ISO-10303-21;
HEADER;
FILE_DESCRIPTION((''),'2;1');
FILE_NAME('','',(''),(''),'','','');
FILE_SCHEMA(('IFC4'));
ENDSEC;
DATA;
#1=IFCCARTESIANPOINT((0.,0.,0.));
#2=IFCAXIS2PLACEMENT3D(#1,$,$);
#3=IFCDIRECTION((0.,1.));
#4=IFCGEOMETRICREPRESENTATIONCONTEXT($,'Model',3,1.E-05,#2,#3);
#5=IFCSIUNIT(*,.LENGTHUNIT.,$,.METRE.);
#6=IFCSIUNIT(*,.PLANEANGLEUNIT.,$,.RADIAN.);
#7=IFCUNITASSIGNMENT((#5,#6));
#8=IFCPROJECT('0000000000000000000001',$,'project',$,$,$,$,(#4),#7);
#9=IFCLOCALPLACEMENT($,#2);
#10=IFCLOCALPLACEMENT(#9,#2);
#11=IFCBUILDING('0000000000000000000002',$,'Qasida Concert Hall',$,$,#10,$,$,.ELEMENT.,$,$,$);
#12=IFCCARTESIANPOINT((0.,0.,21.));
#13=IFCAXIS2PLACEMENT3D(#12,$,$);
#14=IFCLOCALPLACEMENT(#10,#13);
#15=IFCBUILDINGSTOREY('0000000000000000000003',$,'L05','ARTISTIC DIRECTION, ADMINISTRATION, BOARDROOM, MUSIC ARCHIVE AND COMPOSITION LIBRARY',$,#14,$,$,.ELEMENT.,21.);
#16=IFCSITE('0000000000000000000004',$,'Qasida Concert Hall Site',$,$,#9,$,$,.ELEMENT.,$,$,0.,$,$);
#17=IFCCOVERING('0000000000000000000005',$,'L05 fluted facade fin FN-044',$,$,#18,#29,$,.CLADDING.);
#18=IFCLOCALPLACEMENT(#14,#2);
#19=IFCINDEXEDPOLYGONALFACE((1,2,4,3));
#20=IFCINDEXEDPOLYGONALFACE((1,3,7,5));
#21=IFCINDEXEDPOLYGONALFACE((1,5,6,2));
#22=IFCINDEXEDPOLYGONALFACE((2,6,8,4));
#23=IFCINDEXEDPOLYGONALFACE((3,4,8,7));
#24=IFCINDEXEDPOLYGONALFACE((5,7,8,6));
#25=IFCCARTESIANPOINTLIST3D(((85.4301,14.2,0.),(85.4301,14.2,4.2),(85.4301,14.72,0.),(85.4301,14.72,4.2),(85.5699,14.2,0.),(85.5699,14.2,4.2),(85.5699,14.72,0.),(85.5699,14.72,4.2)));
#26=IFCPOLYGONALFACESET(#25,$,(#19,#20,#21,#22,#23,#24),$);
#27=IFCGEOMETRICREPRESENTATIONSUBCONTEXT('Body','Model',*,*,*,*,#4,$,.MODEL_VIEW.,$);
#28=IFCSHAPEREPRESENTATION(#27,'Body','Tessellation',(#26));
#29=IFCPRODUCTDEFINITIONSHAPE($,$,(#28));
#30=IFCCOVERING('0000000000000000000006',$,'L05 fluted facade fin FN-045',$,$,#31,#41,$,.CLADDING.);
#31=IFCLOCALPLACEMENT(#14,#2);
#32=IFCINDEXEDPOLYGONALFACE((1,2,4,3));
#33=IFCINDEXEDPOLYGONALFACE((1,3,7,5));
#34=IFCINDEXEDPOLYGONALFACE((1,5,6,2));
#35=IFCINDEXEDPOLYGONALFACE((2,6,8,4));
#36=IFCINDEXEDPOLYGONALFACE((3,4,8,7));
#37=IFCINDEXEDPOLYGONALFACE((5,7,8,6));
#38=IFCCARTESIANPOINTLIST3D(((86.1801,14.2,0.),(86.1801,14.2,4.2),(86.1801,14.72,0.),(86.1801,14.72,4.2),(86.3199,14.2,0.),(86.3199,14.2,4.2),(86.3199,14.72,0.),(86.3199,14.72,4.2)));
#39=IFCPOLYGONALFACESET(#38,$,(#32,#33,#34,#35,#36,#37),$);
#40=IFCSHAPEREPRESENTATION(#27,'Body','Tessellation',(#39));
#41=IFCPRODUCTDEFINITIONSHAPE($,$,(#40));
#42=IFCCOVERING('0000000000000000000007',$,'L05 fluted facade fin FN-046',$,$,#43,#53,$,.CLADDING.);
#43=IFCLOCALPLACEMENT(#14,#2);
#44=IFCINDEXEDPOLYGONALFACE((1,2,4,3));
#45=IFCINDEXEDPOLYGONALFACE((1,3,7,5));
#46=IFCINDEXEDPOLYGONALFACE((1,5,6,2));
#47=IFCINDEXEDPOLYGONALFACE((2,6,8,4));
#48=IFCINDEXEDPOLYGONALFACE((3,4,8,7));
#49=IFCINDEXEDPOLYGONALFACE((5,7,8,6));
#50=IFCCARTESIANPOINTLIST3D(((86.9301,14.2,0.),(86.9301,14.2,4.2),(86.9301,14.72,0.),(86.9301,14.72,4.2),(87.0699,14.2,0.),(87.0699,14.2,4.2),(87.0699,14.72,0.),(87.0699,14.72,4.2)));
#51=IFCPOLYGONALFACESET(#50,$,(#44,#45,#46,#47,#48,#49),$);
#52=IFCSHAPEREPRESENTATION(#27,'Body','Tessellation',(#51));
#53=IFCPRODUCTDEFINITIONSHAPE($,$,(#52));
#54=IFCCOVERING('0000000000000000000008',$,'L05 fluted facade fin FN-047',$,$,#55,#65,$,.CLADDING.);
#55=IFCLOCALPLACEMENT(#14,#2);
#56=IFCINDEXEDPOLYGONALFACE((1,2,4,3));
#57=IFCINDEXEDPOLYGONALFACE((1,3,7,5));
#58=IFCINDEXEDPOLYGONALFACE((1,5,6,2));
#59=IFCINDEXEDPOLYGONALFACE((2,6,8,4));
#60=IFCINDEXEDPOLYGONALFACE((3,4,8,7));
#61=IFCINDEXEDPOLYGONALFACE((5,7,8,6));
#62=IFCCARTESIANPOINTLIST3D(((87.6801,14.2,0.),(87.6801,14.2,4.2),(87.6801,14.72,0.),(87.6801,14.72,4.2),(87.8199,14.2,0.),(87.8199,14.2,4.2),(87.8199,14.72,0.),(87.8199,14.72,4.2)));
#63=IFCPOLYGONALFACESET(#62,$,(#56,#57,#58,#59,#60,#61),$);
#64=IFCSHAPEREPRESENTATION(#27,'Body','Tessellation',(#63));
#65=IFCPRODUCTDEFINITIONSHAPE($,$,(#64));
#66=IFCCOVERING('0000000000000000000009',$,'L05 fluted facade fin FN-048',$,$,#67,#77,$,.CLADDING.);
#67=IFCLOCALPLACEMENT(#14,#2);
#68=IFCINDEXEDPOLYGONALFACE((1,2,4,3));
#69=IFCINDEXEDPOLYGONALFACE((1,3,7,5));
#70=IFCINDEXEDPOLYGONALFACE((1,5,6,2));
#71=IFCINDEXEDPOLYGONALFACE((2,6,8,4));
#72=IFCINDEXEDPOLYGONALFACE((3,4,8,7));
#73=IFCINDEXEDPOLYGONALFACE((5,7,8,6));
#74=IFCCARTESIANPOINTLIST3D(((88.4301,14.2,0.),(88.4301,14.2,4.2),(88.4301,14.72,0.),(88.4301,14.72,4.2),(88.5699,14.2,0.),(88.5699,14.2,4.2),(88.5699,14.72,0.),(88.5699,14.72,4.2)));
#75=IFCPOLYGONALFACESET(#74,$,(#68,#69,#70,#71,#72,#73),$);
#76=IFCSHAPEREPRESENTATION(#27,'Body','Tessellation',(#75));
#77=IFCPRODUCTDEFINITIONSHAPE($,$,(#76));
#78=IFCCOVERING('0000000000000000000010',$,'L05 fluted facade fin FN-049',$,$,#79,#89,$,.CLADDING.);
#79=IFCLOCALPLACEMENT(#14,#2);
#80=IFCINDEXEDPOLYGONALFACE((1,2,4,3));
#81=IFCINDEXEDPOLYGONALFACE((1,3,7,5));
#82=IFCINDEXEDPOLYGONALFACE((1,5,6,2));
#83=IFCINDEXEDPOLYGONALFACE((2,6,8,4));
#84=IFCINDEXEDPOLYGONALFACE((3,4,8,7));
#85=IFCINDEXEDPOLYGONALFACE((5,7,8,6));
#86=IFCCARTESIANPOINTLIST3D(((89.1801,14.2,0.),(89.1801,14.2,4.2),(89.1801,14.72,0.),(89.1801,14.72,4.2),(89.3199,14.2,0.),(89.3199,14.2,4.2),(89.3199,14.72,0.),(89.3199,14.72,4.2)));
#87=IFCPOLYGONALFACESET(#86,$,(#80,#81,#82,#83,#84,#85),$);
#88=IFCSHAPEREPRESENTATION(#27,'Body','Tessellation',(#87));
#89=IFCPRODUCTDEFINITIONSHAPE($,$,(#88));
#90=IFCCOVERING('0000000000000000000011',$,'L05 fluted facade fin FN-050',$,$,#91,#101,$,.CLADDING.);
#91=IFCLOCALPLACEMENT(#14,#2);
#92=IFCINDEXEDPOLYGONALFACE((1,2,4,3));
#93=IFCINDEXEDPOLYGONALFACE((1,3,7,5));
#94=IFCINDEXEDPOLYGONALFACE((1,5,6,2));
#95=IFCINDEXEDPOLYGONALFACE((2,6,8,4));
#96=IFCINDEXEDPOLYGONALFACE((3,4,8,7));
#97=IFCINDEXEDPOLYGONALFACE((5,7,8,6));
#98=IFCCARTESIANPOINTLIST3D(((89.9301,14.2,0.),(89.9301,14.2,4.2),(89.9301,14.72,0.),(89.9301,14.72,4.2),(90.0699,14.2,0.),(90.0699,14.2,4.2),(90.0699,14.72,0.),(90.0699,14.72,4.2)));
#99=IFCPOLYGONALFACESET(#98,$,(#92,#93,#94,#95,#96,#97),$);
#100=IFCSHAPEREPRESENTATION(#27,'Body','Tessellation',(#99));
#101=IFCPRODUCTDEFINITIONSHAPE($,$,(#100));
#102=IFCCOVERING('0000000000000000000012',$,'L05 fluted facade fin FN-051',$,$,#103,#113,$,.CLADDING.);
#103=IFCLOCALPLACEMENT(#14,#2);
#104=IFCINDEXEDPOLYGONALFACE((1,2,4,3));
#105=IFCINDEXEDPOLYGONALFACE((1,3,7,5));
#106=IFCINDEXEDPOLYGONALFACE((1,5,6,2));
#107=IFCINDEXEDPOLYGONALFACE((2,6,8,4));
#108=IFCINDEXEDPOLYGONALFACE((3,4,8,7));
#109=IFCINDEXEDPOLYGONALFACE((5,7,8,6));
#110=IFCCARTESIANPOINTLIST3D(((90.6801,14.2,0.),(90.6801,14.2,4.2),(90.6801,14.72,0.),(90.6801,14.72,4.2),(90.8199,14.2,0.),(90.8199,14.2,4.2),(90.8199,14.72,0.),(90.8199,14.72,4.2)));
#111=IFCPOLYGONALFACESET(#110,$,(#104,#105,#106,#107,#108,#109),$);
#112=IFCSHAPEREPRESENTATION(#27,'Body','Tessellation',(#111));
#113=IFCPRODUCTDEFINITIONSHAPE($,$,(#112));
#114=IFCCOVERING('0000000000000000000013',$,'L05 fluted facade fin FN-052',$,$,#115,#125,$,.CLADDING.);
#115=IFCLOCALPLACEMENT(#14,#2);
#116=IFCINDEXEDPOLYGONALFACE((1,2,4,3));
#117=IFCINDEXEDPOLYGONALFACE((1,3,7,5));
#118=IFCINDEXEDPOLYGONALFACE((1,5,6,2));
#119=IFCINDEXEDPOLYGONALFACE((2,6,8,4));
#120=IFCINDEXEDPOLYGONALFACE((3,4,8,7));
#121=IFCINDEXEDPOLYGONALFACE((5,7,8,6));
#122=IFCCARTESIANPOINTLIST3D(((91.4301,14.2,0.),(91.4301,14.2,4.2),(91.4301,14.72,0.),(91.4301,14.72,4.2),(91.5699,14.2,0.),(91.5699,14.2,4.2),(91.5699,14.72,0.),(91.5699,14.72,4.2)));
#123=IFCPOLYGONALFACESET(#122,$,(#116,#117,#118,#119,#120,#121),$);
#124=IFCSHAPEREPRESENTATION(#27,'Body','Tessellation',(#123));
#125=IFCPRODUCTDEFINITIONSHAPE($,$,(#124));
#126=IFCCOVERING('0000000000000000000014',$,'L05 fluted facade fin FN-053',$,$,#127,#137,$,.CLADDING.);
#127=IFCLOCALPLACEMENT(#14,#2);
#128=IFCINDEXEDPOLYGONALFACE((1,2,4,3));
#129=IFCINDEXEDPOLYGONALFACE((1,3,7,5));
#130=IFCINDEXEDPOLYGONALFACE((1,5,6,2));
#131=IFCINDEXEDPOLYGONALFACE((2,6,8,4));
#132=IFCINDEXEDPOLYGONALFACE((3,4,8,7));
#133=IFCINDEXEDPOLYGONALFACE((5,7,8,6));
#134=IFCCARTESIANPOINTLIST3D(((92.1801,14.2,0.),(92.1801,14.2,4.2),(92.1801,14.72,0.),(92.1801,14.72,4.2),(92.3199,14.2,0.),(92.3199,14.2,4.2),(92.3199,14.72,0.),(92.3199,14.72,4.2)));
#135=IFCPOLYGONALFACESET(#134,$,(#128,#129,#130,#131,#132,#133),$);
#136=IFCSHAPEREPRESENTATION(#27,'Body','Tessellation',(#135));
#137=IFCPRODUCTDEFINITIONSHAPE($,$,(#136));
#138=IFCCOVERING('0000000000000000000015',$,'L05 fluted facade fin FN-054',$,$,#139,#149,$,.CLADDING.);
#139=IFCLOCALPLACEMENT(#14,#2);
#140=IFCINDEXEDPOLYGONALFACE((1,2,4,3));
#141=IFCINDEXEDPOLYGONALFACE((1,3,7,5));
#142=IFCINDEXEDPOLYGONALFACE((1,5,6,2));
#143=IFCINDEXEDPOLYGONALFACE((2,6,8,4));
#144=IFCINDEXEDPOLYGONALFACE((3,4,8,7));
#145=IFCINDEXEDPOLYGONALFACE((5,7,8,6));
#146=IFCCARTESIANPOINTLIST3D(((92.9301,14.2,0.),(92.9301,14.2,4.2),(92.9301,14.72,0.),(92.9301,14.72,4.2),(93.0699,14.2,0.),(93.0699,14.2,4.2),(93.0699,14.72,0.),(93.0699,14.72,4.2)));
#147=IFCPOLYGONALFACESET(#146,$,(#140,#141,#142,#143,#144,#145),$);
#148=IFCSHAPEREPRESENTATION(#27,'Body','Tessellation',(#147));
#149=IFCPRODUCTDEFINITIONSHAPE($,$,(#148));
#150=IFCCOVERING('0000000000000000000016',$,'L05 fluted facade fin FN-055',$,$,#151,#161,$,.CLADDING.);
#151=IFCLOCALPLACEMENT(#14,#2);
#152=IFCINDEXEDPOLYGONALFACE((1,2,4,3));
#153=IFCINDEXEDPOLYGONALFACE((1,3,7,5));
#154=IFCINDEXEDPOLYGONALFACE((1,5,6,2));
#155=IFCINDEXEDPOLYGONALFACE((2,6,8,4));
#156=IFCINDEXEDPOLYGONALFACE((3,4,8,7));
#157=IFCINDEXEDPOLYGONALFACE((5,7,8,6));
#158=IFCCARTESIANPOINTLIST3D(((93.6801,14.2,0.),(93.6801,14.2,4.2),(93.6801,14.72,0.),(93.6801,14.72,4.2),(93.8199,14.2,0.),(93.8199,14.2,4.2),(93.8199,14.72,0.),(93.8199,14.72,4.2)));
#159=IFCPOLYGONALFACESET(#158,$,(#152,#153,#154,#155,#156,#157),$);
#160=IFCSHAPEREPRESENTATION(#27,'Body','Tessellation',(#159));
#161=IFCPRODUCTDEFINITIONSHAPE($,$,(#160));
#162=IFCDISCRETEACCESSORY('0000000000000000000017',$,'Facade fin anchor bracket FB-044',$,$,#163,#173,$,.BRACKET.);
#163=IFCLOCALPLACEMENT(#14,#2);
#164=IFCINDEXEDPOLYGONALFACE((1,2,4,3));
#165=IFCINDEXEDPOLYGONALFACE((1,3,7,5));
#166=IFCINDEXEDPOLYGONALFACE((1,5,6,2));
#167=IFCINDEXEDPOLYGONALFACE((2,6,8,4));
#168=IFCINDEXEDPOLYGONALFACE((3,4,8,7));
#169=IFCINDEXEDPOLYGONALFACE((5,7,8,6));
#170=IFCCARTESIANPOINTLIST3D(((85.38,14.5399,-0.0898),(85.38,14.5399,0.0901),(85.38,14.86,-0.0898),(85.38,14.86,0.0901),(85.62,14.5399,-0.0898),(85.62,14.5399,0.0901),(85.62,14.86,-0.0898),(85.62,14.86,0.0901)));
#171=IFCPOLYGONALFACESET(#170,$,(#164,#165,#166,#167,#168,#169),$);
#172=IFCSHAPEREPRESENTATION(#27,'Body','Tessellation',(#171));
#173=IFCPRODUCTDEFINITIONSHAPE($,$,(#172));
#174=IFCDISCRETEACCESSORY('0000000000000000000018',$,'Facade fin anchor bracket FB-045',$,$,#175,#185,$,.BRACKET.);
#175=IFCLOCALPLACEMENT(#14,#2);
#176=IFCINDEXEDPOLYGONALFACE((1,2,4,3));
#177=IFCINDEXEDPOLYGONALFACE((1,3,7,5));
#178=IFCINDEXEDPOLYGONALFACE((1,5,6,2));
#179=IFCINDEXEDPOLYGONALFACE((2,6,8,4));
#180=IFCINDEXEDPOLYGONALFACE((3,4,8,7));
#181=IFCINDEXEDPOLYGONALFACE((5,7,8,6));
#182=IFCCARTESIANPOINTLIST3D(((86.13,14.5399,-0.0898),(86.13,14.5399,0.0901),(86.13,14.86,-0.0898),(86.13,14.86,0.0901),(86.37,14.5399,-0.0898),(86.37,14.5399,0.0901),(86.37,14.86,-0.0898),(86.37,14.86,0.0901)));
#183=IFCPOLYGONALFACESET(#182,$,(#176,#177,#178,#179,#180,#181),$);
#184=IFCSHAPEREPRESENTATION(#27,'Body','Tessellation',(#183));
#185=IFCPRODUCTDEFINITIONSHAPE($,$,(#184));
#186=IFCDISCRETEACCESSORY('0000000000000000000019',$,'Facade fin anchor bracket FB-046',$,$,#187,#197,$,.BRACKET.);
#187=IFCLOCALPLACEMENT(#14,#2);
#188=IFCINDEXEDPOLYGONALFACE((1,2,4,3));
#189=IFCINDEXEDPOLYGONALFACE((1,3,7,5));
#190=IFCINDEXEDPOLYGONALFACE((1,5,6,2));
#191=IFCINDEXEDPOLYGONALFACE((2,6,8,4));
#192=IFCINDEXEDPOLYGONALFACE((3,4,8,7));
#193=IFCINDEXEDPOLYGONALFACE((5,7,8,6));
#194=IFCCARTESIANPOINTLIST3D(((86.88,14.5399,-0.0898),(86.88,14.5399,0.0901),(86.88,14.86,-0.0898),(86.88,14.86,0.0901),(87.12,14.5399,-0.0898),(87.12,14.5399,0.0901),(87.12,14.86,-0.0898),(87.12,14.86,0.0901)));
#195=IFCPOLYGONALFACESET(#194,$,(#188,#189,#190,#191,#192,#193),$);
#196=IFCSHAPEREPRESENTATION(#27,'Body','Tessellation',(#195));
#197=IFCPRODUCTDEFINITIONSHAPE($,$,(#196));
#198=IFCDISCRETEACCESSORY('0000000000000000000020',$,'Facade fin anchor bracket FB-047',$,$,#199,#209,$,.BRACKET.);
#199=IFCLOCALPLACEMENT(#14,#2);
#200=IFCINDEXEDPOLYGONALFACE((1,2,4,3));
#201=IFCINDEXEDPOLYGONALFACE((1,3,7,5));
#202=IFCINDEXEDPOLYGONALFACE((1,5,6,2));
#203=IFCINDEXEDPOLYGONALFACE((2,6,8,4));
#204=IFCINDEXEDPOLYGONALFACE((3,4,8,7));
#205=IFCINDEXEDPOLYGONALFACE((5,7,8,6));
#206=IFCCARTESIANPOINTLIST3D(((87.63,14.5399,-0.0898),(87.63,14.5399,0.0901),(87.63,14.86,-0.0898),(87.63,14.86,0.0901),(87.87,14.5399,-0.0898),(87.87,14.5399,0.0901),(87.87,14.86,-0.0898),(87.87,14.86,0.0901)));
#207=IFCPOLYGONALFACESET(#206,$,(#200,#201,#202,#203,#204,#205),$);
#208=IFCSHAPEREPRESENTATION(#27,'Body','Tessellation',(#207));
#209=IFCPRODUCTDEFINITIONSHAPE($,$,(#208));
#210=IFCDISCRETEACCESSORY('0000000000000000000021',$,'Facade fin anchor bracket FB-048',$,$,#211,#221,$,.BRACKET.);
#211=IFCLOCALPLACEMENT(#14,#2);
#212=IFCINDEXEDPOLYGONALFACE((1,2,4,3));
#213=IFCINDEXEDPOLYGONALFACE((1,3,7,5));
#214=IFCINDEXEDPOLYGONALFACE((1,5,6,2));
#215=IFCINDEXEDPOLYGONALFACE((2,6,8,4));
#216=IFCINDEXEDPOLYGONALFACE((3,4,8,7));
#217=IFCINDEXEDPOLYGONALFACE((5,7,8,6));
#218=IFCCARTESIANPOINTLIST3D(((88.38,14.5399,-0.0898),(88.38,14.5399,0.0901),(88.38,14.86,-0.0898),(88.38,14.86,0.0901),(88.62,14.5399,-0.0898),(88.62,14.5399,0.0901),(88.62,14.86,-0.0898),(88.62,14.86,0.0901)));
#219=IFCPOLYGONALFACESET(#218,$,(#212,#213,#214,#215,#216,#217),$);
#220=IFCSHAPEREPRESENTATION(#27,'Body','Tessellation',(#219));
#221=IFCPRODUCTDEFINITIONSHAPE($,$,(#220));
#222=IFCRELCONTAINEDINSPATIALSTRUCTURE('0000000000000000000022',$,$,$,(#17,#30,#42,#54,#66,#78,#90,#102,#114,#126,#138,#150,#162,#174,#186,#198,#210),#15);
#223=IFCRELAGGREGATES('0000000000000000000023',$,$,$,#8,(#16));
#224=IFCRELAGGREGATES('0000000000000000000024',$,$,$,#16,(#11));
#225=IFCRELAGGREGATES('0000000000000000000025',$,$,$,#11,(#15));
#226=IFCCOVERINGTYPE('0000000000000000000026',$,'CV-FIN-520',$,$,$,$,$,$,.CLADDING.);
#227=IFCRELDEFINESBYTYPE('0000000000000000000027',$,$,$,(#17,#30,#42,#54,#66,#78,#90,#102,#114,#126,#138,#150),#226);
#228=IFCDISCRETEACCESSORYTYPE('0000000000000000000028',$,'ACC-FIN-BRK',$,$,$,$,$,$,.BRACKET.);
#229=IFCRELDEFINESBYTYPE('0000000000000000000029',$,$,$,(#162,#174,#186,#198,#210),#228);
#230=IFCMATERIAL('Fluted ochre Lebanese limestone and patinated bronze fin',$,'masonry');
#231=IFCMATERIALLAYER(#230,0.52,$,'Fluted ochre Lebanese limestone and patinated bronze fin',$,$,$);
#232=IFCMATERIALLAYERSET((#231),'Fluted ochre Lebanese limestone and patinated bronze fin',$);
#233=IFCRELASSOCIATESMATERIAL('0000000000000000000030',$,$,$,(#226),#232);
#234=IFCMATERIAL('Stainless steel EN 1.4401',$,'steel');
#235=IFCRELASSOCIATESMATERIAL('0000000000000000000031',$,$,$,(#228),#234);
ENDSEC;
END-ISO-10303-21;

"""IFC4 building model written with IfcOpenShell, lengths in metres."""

from ifc_helpers import new_model, si_unit, direction, frame, origin, origin_2d, place, context, subcontext, project, spatial, rectangle, extrude, material, layer, layer_set, type_object, element, save


model = new_model("IFC4")

# Units and contexts
model_context = context("Model", 3, precision=1e-05, world=origin(), true_north=direction((0.0, 1.0)))
body_context = subcontext(model_context, "Body", "Model", "MODEL_VIEW")
ifc_project = project(units=[si_unit("LENGTHUNIT", "METRE"), si_unit("PLANEANGLEUNIT", "RADIAN")], contexts=[model_context])

# Site, building, storey
site_placement = place(None, origin())
site = spatial("IfcSite", under=ifc_project, at=site_placement, Name="Qasida Concert Hall Site", CompositionType="ELEMENT", RefElevation=0.0)
building_placement = place(site_placement, origin())
building = spatial("IfcBuilding", under=site, at=building_placement, Name="Qasida Concert Hall", CompositionType="ELEMENT")
storey_placement = place(building_placement, frame((0.0, 0.0, 21.0)))
storey = spatial("IfcBuildingStorey", under=building, at=storey_placement, Name="L05", Description="ARTISTIC DIRECTION, ADMINISTRATION, BOARDROOM, MUSIC ARCHIVE AND COMPOSITION LIBRARY", CompositionType="ELEMENT", Elevation=21.0)

# Coverings
ifc_material_1 = material(Name="Fluted ochre Lebanese limestone and patinated bronze fin", Category="masonry")
ifc_layer_1 = layer(ifc_material_1, 0.52, Name="Fluted ochre Lebanese limestone and patinated bronze fin")
ifc_layer_set_1 = layer_set([ifc_layer_1], Name="Fluted ochre Lebanese limestone and patinated bronze fin")
covering_type = type_object("IfcCoveringType", Name="CV-FIN-520", PredefinedType="CLADDING", material=ifc_layer_set_1)
for number, where, z_axis, x_axis, name in (
    (1, (85.5, 14.46, 0.0), (0.0, 0.0, 1.0), (1.0, 0.0, 0.0), "L05 fluted facade fin FN-044"),
    (2, (86.25, 14.46, 0.0), (0.0, 0.0, 1.0), (1.0, 0.0, 0.0), "L05 fluted facade fin FN-045"),
    (3, (87.0, 14.46, 0.0), (0.0, 0.0, 1.0), (1.0, 0.0, 0.0), "L05 fluted facade fin FN-046"),
    (4, (87.75, 14.46, 0.0), (0.0, 0.0, 1.0), (1.0, 0.0, 0.0), "L05 fluted facade fin FN-047"),
    (5, (88.5, 14.46, 0.0), (0.0, 0.0, 1.0), (1.0, 0.0, 0.0), "L05 fluted facade fin FN-048"),
    (6, (89.25, 14.46, 0.0), (0.0, 0.0, 1.0), (1.0, 0.0, 0.0), "L05 fluted facade fin FN-049"),
    (7, (90.0, 14.46, 0.0), (0.0, 0.0, 1.0), (1.0, 0.0, 0.0), "L05 fluted facade fin FN-050"),
    (8, (90.75, 14.46, 0.0), (0.0, 0.0, 1.0), (1.0, 0.0, 0.0), "L05 fluted facade fin FN-051"),
    (9, (91.5, 14.46, 0.0), (0.0, 0.0, 1.0), (1.0, 0.0, 0.0), "L05 fluted facade fin FN-052"),
    (10, (92.25, 14.46, 0.0), (0.0, 0.0, 1.0), (1.0, 0.0, 0.0), "L05 fluted facade fin FN-053"),
    (11, (93.0, 14.46, 0.0), (0.0, 0.0, 1.0), (1.0, 0.0, 0.0), "L05 fluted facade fin FN-054"),
    (12, (93.75, 14.46, 0.0), (0.0, 0.0, 1.0), (1.0, 0.0, 0.0), "L05 fluted facade fin FN-055"),
):
    element("IfcCovering", number, at=place(storey_placement, frame(where, z_axis=z_axis, x_axis=x_axis)), inside=storey, type_object=covering_type, Name=name, PredefinedType="CLADDING", context=body_context, shape_type="SweptSolid", body=[
        extrude(rectangle(XDim=0.1399, YDim=0.52, at=origin_2d()), origin(), (0.0, 0.0, 1.0), 4.2),
    ])

# Discrete accessories
ifc_material_2 = material(Name="Stainless steel EN 1.4401", Category="steel")
discrete_accessory_type = type_object("IfcDiscreteAccessoryType", Name="ACC-FIN-BRK", PredefinedType="BRACKET", material=ifc_material_2)
for number, where, z_axis, x_axis, name in (
    (13, (85.5, 14.7, -0.0898), (0.0, 0.0, 1.0), (1.0, 0.0, 0.0), "Facade fin anchor bracket FB-044"),
    (14, (86.25, 14.7, -0.0898), (0.0, 0.0, 1.0), (1.0, 0.0, 0.0), "Facade fin anchor bracket FB-045"),
    (15, (87.0, 14.7, -0.0898), (0.0, 0.0, 1.0), (1.0, 0.0, 0.0), "Facade fin anchor bracket FB-046"),
    (16, (87.75, 14.7, -0.0898), (0.0, 0.0, 1.0), (1.0, 0.0, 0.0), "Facade fin anchor bracket FB-047"),
    (17, (88.5, 14.7, -0.0898), (0.0, 0.0, 1.0), (1.0, 0.0, 0.0), "Facade fin anchor bracket FB-048"),
):
    element("IfcDiscreteAccessory", number, at=place(storey_placement, frame(where, z_axis=z_axis, x_axis=x_axis)), inside=storey, type_object=discrete_accessory_type, Name=name, PredefinedType="BRACKET", context=body_context, shape_type="SweptSolid", body=[
        extrude(rectangle(XDim=0.24, YDim=0.3201, at=origin_2d()), origin(), (0.0, 0.0, 1.0), 0.1799),
    ])

save(model, "model.ifc")
